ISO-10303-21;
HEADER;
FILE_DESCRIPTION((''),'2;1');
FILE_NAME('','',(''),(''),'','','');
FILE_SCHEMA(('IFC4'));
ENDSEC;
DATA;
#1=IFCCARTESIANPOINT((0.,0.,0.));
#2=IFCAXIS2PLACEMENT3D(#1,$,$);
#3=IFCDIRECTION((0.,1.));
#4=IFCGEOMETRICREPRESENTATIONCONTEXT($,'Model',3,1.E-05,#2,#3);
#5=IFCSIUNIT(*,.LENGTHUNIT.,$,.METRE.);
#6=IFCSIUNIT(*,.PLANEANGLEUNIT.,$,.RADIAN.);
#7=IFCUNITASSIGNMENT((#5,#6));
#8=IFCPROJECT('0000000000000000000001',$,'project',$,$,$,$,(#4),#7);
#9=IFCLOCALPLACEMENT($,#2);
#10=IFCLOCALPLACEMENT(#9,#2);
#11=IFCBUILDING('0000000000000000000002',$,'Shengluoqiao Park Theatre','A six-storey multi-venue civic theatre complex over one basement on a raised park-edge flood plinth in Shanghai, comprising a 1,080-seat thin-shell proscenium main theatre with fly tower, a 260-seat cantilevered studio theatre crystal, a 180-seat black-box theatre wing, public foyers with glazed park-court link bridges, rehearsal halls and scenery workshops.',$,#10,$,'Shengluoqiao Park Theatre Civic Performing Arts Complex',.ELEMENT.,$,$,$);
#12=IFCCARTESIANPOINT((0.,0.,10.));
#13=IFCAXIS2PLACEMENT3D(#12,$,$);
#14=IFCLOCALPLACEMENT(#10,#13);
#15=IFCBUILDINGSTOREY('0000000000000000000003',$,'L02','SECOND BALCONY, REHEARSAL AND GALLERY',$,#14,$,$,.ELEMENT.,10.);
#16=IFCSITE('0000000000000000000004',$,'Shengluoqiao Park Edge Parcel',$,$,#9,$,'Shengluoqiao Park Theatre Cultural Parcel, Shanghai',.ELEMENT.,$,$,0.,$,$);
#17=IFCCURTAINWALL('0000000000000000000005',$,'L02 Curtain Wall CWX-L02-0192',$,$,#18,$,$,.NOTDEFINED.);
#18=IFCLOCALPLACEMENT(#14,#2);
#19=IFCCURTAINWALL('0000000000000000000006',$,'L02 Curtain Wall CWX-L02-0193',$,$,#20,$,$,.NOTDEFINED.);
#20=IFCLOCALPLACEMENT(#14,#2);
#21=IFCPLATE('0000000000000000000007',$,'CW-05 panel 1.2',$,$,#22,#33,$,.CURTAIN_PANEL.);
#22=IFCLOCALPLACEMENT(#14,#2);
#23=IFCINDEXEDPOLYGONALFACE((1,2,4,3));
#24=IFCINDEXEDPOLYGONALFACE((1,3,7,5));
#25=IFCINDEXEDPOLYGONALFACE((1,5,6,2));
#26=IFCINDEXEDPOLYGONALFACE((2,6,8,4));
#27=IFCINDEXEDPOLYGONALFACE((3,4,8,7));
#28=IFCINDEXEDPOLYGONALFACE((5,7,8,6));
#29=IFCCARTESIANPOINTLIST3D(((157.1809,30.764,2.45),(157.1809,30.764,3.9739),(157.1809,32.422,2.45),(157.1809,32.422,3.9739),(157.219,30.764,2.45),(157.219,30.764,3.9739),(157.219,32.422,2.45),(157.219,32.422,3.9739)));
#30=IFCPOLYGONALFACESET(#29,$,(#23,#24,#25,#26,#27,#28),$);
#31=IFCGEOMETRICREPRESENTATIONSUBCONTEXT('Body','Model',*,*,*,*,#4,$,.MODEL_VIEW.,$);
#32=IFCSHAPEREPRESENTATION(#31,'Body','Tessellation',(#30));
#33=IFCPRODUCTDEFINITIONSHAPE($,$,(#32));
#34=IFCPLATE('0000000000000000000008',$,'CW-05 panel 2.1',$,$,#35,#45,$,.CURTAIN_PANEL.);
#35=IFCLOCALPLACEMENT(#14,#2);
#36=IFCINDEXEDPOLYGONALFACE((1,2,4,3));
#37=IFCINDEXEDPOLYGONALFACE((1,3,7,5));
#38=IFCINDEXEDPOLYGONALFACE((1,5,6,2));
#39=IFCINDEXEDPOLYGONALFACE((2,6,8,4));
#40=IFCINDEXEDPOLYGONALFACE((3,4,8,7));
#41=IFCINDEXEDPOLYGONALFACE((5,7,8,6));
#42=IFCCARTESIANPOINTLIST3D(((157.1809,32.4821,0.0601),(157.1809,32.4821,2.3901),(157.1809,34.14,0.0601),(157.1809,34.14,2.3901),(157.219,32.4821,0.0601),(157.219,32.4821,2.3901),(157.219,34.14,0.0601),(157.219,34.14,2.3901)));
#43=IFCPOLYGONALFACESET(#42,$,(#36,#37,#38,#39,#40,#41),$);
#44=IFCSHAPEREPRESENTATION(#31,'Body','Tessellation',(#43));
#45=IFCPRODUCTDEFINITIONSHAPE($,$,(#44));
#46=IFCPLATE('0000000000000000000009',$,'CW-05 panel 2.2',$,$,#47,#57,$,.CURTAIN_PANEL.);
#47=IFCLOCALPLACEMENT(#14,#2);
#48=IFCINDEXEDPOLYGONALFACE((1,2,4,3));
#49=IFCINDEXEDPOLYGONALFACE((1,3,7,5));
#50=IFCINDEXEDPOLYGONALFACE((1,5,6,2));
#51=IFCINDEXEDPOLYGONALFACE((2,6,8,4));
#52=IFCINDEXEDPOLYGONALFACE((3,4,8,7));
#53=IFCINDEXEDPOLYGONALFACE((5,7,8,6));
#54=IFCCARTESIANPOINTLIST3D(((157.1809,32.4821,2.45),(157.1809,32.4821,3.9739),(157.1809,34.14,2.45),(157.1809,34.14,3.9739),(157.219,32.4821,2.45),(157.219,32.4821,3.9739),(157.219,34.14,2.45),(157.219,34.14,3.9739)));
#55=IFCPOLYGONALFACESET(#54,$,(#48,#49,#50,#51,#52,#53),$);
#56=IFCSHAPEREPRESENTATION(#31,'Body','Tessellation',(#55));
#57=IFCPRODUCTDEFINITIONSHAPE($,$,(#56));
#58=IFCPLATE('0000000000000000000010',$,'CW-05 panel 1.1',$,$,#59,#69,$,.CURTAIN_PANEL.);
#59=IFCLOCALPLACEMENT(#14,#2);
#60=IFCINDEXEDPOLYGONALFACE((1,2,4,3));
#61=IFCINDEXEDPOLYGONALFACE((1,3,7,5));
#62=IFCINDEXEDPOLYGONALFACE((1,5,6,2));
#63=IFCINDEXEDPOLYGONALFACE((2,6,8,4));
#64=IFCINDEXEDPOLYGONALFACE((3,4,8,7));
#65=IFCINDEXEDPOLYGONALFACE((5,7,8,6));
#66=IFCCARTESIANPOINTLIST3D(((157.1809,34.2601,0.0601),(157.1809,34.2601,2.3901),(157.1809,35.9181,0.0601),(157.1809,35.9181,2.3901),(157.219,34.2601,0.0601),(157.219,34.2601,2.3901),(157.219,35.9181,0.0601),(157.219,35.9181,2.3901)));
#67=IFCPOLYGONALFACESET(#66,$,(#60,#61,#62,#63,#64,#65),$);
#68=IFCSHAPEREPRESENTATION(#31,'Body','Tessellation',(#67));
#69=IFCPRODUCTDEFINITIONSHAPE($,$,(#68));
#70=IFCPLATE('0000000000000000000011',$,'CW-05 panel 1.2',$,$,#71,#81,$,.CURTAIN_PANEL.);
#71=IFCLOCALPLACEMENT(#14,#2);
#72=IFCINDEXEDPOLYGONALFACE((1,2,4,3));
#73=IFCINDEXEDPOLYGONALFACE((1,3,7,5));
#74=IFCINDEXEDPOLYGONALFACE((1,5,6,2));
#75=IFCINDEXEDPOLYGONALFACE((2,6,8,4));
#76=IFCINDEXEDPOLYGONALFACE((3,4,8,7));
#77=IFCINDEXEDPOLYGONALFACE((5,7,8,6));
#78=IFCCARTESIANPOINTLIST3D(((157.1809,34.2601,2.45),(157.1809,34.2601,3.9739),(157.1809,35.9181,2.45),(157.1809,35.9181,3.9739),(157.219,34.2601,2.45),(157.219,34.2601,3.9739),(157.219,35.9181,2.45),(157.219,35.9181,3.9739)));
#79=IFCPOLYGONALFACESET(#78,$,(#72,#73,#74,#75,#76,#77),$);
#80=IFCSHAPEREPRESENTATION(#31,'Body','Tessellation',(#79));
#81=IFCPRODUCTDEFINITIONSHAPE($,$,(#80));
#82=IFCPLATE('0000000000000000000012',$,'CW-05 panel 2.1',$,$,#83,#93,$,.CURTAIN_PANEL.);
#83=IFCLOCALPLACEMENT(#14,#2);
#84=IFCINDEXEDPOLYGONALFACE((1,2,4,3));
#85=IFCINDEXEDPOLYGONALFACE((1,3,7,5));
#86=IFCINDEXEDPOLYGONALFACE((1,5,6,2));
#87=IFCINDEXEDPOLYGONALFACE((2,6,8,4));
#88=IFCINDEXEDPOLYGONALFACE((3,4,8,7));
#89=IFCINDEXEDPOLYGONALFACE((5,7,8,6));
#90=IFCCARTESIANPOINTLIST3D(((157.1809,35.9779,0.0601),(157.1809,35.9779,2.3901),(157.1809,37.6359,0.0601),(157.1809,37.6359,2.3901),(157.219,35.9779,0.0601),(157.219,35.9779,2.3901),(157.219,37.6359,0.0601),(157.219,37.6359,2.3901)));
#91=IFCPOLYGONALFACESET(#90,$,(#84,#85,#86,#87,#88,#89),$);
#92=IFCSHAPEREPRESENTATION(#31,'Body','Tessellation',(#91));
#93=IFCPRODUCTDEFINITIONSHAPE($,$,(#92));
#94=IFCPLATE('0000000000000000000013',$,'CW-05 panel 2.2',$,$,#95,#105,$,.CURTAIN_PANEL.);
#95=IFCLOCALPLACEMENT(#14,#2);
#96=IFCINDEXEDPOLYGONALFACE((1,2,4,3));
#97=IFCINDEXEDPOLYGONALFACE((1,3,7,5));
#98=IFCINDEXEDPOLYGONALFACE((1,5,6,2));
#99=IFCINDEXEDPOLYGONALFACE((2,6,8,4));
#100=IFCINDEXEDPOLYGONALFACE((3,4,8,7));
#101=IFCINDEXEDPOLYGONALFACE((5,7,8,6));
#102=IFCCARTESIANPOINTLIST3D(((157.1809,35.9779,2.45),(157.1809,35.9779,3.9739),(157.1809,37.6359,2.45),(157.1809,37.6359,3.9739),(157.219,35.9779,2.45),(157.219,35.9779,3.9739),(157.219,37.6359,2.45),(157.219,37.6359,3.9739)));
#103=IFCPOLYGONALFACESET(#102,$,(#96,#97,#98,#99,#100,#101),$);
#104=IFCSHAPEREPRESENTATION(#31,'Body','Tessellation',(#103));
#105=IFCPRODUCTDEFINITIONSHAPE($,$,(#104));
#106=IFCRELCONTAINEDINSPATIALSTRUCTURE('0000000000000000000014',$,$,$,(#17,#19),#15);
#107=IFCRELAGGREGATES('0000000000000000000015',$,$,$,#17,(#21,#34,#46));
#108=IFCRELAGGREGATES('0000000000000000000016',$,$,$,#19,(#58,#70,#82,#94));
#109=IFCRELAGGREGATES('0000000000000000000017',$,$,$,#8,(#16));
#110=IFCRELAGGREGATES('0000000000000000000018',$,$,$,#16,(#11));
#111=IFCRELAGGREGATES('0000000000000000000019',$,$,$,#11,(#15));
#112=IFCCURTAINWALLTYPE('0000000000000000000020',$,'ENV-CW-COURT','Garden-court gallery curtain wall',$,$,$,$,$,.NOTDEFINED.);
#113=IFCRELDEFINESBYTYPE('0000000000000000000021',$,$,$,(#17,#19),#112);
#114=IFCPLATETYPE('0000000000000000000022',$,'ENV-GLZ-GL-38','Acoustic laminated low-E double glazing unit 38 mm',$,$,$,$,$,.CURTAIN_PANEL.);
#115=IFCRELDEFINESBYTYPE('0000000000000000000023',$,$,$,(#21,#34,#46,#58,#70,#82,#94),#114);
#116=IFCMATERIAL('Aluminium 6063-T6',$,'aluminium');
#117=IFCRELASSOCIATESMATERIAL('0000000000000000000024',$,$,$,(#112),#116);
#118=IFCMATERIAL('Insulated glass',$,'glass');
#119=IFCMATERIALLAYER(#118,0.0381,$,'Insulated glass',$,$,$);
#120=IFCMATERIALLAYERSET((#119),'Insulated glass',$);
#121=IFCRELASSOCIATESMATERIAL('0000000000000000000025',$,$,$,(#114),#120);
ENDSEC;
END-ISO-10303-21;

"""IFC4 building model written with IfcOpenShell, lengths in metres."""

from ifc_helpers import new_model, si_unit, direction, frame, origin, origin_2d, place, context, subcontext, project, spatial, rectangle, extrude, material, layer, layer_set, type_object, element, aggregate, save


model = new_model("IFC4")

# Units and contexts
model_context = context("Model", 3, precision=1e-05, world=origin(), true_north=direction((0.0, 1.0)))
body_context = subcontext(model_context, "Body", "Model", "MODEL_VIEW")
ifc_project = project(units=[si_unit("LENGTHUNIT", "METRE"), si_unit("PLANEANGLEUNIT", "RADIAN")], contexts=[model_context])

# Site, building, storey
site_placement = place(None, origin())
site = spatial("IfcSite", under=ifc_project, at=site_placement, Name="Shengluoqiao Park Edge Parcel", LongName="Shengluoqiao Park Theatre Cultural Parcel, Shanghai", CompositionType="ELEMENT", RefElevation=0.0)
building_placement = place(site_placement, origin())
building = spatial("IfcBuilding", under=site, at=building_placement, Name="Shengluoqiao Park Theatre", Description="A six-storey multi-venue civic theatre complex over one basement on a raised park-edge flood plinth in Shanghai, comprising a 1,080-seat thin-shell proscenium main theatre with fly tower, a 260-seat cantilevered studio theatre crystal, a 180-seat black-box theatre wing, public foyers with glazed park-court link bridges, rehearsal halls and scenery workshops.", LongName="Shengluoqiao Park Theatre Civic Performing Arts Complex", CompositionType="ELEMENT")
storey_placement = place(building_placement, frame((0.0, 0.0, 10.0)))
storey = spatial("IfcBuildingStorey", under=building, at=storey_placement, Name="L02", Description="SECOND BALCONY, REHEARSAL AND GALLERY", CompositionType="ELEMENT", Elevation=10.0)

# Curtain walls
ifc_material_1 = material(Name="Aluminium 6063-T6", Category="aluminium")
curtain_wall_type = type_object("IfcCurtainWallType", Name="ENV-CW-COURT", Description="Garden-court gallery curtain wall", PredefinedType="NOTDEFINED", material=ifc_material_1)
curtain_wall_1_placement = place(storey_placement, origin())
curtain_wall_1 = element("IfcCurtainWall", 1, at=curtain_wall_1_placement, inside=storey, type_object=curtain_wall_type, Name="L02 Curtain Wall CWX-L02-0192", PredefinedType="NOTDEFINED")
curtain_wall_2_placement = place(storey_placement, origin())
curtain_wall_2 = element("IfcCurtainWall", 2, at=curtain_wall_2_placement, inside=storey, type_object=curtain_wall_type, Name="L02 Curtain Wall CWX-L02-0193", PredefinedType="NOTDEFINED")

# Plates
ifc_material_2 = material(Name="Insulated glass", Category="glass")
ifc_layer = layer(ifc_material_2, 0.0381, Name="Insulated glass")
ifc_layer_set = layer_set([ifc_layer], Name="Insulated glass")
plate_type = type_object("IfcPlateType", Name="ENV-GLZ-GL-38", Description="Acoustic laminated low-E double glazing unit 38 mm", PredefinedType="CURTAIN_PANEL", material=ifc_layer_set)
plate_1_placement = place(storey_placement, frame((157.2, 31.593, 2.45), z_axis=(0.0, 0.0, 1.0), x_axis=(0.0, 1.0, 0.0)))
plate_1 = element("IfcPlate", 3, at=plate_1_placement, type_object=plate_type, Name="CW-05 panel 1.2", PredefinedType="CURTAIN_PANEL", context=body_context, shape_type="SweptSolid", body=[
    extrude(rectangle(XDim=1.658, YDim=0.0381, at=origin_2d()), origin(), (0.0, 0.0, 1.0), 1.5239),
])
plate_2_placement = place(storey_placement, frame((157.2, 33.311, 0.0601), z_axis=(0.0, 0.0, 1.0), x_axis=(0.0, 1.0, 0.0)))
plate_2 = element("IfcPlate", 4, at=plate_2_placement, type_object=plate_type, Name="CW-05 panel 2.1", PredefinedType="CURTAIN_PANEL", context=body_context, shape_type="SweptSolid", body=[
    extrude(rectangle(XDim=1.658, YDim=0.0381, at=origin_2d()), origin(), (0.0, 0.0, 1.0), 2.3301),
])
plate_3_placement = place(storey_placement, frame((157.2, 33.311, 2.45), z_axis=(0.0, 0.0, 1.0), x_axis=(0.0, 1.0, 0.0)))
plate_3 = element("IfcPlate", 5, at=plate_3_placement, type_object=plate_type, Name="CW-05 panel 2.2", PredefinedType="CURTAIN_PANEL", context=body_context, shape_type="SweptSolid", body=[
    extrude(rectangle(XDim=1.658, YDim=0.0381, at=origin_2d()), origin(), (0.0, 0.0, 1.0), 1.5239),
])
aggregate(curtain_wall_1, [plate_1, plate_2, plate_3])
plate_4_placement = place(storey_placement, frame((157.2, 35.0891, 0.0601), z_axis=(0.0, 0.0, 1.0), x_axis=(0.0, 1.0, 0.0)))
plate_4 = element("IfcPlate", 6, at=plate_4_placement, type_object=plate_type, Name="CW-05 panel 1.1", PredefinedType="CURTAIN_PANEL", context=body_context, shape_type="SweptSolid", body=[
    extrude(rectangle(XDim=1.658, YDim=0.0381, at=origin_2d()), origin(), (0.0, 0.0, 1.0), 2.3301),
])
plate_5_placement = place(storey_placement, frame((157.2, 35.0891, 2.45), z_axis=(0.0, 0.0, 1.0), x_axis=(0.0, 1.0, 0.0)))
plate_5 = element("IfcPlate", 7, at=plate_5_placement, type_object=plate_type, Name="CW-05 panel 1.2", PredefinedType="CURTAIN_PANEL", context=body_context, shape_type="SweptSolid", body=[
    extrude(rectangle(XDim=1.658, YDim=0.0381, at=origin_2d()), origin(), (0.0, 0.0, 1.0), 1.5239),
])
plate_6_placement = place(storey_placement, frame((157.2, 36.8069, 0.0601), z_axis=(0.0, 0.0, 1.0), x_axis=(0.0, 1.0, 0.0)))
plate_6 = element("IfcPlate", 8, at=plate_6_placement, type_object=plate_type, Name="CW-05 panel 2.1", PredefinedType="CURTAIN_PANEL", context=body_context, shape_type="SweptSolid", body=[
    extrude(rectangle(XDim=1.658, YDim=0.0381, at=origin_2d()), origin(), (0.0, 0.0, 1.0), 2.3301),
])
plate_7_placement = place(storey_placement, frame((157.2, 36.8069, 2.45), z_axis=(0.0, 0.0, 1.0), x_axis=(0.0, 1.0, 0.0)))
plate_7 = element("IfcPlate", 9, at=plate_7_placement, type_object=plate_type, Name="CW-05 panel 2.2", PredefinedType="CURTAIN_PANEL", context=body_context, shape_type="SweptSolid", body=[
    extrude(rectangle(XDim=1.658, YDim=0.0381, at=origin_2d()), origin(), (0.0, 0.0, 1.0), 1.5239),
])
aggregate(curtain_wall_2, [plate_4, plate_5, plate_6, plate_7])

save(model, "model.ifc")
